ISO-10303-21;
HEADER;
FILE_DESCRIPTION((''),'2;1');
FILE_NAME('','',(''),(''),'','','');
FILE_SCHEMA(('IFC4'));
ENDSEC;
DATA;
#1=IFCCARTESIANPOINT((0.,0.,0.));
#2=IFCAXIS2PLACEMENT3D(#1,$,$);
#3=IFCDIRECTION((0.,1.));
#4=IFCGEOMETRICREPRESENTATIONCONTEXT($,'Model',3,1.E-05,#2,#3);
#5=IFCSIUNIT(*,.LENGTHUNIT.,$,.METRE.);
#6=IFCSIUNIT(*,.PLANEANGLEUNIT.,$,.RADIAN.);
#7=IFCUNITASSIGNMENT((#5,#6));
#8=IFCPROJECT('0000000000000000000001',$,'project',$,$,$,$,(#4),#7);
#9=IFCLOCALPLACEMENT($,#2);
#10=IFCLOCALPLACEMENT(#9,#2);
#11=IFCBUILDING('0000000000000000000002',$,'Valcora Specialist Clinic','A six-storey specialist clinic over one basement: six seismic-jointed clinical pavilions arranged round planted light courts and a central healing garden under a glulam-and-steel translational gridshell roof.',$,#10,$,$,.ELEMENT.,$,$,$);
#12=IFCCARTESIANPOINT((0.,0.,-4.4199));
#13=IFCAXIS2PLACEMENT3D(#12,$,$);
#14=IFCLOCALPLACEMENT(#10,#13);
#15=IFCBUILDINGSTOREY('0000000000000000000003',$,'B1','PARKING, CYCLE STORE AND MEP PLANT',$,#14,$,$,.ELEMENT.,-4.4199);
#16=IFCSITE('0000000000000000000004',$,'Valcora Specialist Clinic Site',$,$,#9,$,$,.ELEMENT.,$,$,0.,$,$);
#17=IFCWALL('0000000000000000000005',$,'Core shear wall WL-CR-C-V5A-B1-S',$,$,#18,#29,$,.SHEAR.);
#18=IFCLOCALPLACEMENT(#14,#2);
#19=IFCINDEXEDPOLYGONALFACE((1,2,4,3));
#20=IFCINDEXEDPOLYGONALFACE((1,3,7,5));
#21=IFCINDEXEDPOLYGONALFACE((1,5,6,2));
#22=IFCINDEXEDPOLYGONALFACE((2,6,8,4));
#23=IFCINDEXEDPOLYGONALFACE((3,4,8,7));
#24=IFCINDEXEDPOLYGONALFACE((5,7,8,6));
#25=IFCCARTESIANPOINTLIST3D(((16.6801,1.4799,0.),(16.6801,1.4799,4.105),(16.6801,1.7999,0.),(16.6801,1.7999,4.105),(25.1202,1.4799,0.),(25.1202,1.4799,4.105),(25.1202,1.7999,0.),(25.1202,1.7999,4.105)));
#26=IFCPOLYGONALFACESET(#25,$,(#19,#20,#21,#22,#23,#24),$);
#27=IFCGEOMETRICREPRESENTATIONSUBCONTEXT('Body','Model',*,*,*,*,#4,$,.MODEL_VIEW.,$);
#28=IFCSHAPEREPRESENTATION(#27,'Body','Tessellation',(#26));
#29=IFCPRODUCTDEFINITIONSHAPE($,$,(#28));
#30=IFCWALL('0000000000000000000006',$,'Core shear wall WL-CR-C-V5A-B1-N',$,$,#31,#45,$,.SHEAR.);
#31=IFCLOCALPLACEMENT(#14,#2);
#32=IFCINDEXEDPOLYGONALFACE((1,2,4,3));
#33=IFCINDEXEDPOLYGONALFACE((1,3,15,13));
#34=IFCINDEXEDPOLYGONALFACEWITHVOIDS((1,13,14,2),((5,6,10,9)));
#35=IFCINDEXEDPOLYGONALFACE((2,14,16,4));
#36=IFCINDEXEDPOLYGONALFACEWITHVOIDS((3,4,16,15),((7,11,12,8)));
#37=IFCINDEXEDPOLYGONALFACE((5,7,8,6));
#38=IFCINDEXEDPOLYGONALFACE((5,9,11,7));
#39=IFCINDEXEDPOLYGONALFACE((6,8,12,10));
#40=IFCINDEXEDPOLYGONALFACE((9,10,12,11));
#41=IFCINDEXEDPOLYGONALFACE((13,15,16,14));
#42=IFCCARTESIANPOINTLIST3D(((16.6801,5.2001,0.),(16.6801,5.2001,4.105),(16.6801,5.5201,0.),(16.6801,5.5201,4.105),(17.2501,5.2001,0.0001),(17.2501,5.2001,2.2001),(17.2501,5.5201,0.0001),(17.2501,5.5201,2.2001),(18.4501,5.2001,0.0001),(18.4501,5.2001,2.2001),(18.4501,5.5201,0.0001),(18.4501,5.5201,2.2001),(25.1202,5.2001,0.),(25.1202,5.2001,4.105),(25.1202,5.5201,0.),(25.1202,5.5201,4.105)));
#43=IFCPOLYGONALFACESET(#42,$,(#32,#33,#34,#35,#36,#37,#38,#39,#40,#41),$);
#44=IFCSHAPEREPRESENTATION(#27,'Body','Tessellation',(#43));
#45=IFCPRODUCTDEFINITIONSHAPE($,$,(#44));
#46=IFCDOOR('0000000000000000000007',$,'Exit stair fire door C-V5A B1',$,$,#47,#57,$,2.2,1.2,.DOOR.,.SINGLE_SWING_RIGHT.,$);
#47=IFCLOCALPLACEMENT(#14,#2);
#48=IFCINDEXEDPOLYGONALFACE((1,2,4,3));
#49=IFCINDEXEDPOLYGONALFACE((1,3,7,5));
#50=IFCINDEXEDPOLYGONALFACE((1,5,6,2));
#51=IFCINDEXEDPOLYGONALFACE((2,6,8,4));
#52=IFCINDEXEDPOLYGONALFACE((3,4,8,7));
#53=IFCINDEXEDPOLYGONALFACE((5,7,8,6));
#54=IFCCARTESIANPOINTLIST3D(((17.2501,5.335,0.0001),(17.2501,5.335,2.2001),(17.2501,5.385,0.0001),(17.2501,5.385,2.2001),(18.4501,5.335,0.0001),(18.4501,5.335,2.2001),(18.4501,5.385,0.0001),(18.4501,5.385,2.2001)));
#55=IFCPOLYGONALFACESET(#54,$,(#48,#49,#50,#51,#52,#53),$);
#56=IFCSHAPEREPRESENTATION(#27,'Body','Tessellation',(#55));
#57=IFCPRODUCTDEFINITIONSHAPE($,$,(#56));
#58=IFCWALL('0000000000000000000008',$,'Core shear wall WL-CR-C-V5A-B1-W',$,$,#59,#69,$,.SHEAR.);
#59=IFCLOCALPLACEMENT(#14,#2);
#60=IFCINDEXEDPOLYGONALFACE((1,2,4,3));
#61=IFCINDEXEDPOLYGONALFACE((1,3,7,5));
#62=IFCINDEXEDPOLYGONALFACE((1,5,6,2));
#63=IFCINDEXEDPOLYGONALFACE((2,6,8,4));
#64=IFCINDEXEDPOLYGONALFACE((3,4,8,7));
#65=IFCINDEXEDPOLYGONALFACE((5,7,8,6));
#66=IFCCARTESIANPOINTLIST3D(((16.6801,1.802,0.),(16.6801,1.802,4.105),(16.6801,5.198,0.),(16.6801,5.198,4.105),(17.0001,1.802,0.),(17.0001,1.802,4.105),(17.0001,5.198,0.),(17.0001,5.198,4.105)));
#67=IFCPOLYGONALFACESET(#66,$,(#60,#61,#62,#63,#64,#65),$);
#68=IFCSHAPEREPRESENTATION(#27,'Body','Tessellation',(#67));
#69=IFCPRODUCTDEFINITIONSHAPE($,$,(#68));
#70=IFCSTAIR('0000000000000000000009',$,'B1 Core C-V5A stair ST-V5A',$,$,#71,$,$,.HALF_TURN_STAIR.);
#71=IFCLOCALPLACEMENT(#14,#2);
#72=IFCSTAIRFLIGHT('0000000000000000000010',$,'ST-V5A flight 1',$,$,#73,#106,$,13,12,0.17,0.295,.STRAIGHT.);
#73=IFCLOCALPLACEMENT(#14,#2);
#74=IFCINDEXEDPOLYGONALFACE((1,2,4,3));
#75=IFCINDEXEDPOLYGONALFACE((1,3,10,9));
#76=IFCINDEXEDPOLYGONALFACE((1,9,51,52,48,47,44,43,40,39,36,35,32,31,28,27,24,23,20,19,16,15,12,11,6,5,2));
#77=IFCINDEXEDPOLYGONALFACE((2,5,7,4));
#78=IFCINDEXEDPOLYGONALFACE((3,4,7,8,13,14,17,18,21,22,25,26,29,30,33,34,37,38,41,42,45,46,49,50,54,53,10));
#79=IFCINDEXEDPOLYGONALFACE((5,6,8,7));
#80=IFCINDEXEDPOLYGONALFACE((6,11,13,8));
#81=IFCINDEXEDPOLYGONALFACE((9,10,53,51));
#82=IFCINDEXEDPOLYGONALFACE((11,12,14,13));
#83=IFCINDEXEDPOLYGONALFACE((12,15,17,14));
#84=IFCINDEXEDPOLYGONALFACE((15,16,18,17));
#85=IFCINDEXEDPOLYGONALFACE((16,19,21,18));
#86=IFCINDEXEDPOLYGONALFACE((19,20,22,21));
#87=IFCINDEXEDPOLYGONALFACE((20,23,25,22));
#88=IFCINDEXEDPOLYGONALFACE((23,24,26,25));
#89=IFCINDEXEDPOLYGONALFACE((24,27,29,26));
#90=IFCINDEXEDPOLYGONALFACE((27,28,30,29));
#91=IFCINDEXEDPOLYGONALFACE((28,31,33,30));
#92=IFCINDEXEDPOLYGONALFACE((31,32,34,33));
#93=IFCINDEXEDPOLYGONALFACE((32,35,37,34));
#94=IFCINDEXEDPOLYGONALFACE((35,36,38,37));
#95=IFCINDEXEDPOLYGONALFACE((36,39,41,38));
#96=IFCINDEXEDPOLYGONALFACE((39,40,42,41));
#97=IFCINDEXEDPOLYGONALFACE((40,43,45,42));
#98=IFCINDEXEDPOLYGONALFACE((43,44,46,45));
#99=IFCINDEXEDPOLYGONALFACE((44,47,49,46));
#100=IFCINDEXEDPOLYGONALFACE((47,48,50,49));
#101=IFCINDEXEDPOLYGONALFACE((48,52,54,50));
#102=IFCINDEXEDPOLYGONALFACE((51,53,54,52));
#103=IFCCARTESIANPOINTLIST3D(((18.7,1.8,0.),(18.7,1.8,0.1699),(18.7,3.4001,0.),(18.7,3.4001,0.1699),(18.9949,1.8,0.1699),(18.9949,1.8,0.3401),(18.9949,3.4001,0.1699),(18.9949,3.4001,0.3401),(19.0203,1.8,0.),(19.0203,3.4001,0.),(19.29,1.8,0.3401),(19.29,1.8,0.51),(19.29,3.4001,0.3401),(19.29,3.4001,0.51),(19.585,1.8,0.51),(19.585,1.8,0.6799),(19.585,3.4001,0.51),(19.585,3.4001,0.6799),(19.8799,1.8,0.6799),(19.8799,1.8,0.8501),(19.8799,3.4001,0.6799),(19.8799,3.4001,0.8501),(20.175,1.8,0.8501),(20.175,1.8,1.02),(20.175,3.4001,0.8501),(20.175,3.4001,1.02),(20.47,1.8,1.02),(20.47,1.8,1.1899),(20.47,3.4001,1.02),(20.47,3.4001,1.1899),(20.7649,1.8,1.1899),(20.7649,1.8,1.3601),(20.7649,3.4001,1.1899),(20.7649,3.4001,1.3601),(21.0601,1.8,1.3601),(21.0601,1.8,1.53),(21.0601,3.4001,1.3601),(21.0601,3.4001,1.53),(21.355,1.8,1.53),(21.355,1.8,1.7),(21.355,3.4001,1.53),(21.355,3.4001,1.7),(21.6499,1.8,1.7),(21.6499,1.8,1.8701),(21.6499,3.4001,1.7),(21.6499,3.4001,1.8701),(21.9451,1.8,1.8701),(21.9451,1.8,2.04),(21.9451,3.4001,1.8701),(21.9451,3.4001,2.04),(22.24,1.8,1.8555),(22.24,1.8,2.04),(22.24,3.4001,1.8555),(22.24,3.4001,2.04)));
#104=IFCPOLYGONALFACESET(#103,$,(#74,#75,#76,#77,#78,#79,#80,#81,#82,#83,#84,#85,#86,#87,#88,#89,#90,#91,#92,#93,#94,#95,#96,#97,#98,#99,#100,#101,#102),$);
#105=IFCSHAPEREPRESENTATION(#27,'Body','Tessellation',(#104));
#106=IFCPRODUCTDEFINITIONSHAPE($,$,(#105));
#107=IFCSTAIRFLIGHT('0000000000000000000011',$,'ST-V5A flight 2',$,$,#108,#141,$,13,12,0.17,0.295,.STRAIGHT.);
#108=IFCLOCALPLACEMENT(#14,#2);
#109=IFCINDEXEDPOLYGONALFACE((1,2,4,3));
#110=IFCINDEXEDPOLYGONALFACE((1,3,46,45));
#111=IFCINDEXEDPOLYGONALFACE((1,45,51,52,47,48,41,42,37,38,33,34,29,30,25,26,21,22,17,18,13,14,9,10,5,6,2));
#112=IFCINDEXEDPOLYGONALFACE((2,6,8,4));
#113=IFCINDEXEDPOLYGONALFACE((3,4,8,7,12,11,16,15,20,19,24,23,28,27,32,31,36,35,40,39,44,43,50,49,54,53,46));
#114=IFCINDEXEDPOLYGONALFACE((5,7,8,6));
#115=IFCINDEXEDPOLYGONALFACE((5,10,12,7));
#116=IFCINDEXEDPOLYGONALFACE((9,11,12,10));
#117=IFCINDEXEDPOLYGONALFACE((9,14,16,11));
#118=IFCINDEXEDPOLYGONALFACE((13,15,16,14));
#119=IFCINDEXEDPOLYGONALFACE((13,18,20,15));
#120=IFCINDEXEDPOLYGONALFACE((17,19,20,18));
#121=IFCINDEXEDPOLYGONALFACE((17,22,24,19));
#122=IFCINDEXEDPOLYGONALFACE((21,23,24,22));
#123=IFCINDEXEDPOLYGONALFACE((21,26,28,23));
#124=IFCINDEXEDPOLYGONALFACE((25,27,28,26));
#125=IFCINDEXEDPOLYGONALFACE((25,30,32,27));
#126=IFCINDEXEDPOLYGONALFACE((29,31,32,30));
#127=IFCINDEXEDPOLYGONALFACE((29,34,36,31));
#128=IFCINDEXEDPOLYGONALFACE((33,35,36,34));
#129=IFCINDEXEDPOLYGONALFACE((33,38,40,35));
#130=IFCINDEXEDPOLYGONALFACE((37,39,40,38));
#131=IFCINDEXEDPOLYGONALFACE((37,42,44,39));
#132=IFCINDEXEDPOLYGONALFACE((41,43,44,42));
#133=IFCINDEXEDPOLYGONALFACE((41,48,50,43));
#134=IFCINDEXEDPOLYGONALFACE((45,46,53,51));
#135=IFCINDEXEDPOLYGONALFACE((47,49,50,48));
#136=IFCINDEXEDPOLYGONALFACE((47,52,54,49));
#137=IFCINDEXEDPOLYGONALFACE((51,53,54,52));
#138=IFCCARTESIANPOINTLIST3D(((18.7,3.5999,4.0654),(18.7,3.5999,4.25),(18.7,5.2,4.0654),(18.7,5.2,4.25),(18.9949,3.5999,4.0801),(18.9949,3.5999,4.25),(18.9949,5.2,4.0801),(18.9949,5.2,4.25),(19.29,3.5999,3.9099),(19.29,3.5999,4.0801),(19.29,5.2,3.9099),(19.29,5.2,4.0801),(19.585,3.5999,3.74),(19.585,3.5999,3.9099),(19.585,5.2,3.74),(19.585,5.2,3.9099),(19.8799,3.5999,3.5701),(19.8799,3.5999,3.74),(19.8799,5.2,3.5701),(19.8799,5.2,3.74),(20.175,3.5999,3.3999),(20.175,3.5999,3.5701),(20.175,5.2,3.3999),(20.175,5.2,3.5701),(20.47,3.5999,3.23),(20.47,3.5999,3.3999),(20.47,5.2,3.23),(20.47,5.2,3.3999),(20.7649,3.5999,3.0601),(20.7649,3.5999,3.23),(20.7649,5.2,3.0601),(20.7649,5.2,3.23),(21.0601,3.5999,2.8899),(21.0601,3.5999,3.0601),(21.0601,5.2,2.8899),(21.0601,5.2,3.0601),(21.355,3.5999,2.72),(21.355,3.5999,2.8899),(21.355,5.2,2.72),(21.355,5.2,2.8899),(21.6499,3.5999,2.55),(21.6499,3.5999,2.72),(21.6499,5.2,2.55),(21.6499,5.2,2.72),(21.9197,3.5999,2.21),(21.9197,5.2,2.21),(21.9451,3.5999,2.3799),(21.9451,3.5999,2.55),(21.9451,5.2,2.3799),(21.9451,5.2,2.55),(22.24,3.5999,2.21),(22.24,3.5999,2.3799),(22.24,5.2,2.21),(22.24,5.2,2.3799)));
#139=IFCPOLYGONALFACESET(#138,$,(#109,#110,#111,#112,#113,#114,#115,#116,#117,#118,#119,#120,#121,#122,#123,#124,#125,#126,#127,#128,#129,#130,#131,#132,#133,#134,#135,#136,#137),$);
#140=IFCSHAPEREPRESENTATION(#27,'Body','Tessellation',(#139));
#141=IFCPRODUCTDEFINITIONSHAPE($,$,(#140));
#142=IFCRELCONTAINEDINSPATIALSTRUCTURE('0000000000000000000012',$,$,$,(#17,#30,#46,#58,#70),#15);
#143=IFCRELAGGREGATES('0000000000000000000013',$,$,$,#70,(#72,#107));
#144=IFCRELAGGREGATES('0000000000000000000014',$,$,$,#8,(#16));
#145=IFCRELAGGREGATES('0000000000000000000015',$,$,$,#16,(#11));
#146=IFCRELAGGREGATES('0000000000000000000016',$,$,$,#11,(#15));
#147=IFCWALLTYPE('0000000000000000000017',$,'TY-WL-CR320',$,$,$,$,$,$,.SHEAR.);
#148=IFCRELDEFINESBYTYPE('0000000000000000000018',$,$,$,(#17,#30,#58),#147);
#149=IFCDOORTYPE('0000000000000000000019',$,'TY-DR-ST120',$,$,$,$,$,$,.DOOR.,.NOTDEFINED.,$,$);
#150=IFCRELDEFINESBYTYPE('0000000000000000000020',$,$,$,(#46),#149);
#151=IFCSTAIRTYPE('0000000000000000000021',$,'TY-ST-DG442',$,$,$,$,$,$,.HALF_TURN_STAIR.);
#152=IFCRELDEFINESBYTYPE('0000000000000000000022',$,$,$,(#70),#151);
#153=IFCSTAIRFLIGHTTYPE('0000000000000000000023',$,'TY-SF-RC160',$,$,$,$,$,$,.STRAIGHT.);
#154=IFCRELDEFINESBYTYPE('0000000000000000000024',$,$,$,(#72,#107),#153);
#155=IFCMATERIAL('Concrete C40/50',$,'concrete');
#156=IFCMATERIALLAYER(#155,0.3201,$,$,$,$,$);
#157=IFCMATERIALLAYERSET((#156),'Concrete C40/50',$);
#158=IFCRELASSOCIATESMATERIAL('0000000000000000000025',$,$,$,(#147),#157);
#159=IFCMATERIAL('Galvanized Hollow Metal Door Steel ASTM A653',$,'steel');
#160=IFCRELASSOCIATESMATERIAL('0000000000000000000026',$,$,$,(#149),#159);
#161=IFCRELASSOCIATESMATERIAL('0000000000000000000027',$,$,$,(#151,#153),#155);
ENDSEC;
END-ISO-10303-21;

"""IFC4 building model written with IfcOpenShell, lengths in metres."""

from ifc_helpers import new_model, si_unit, direction, frame, frame_2d, origin, place, context, subcontext, project, spatial, polyline, rectangle, outline, extrude, material, layer, layer_set, type_object, element, fill, aggregate, save


model = new_model("IFC4")

# Units and contexts
model_context = context("Model", 3, precision=1e-05, world=origin(), true_north=direction((0.0, 1.0)))
body_context = subcontext(model_context, "Body", "Model", "MODEL_VIEW")
ifc_project = project(units=[si_unit("LENGTHUNIT", "METRE"), si_unit("PLANEANGLEUNIT", "RADIAN")], contexts=[model_context])

# Site, building, storey
site_placement = place(None, origin())
site = spatial("IfcSite", under=ifc_project, at=site_placement, Name="Valcora Specialist Clinic Site", CompositionType="ELEMENT", RefElevation=0.0)
building_placement = place(site_placement, origin())
building = spatial("IfcBuilding", under=site, at=building_placement, Name="Valcora Specialist Clinic", Description="A six-storey specialist clinic over one basement: six seismic-jointed clinical pavilions arranged round planted light courts and a central healing garden under a glulam-and-steel translational gridshell roof.", CompositionType="ELEMENT")
storey_placement = place(building_placement, frame((0.0, 0.0, -4.4199)))
storey = spatial("IfcBuildingStorey", under=building, at=storey_placement, Name="B1", Description="PARKING, CYCLE STORE AND MEP PLANT", CompositionType="ELEMENT", Elevation=-4.4199)

# Shared definitions
ifc_material_1 = material(Name="Concrete C40/50", Category="concrete")

# Wall
ifc_layer = layer(ifc_material_1, 0.3201)
ifc_layer_set = layer_set([ifc_layer], Name="Concrete C40/50")
wall_type = type_object("IfcWallType", Name="TY-WL-CR320", PredefinedType="SHEAR", material=ifc_layer_set)
wall_1_placement = place(storey_placement, frame((16.6799, 1.6399, 0.0), z_axis=(0.0, 0.0, 1.0), x_axis=(1.0, 0.0, 0.0)))
element("IfcWall", 1, at=wall_1_placement, inside=storey, type_object=wall_type, Name="Core shear wall WL-CR-C-V5A-B1-S", PredefinedType="SHEAR", context=body_context, shape_type="SweptSolid", body=[
    extrude(rectangle(XDim=8.4402, YDim=0.3201, at=frame_2d((4.2202, 0.0))), origin(), (0.0, 0.0, 1.0), 4.105),
])

# Wall, opening, door
wall_2_placement = place(storey_placement, frame((16.6799, 5.3601, 0.0), z_axis=(0.0, 0.0, 1.0), x_axis=(1.0, 0.0, 0.0)))
wall_2 = element("IfcWall", 2, at=wall_2_placement, inside=storey, type_object=wall_type, Name="Core shear wall WL-CR-C-V5A-B1-N", PredefinedType="SHEAR", context=body_context, shape_type="SweptSolid", body=[
    extrude(rectangle(XDim=8.4402, YDim=0.3201, at=frame_2d((4.2202, 0.0))), origin(), (0.0, 0.0, 1.0), 4.105),
])
opening_placement = place(wall_2_placement, frame((0.5701, 0.0, 0.0)))
opening = element("IfcOpeningElement", 3, at=opening_placement, cuts=wall_2, PredefinedType="OPENING", context=body_context, shape_type="SweptSolid", body=[
    extrude(rectangle(XDim=1.2, YDim=2.2, at=frame_2d((0.6001, 1.1001))), frame((0.0, 0.1699, 0.0), z_axis=(0.0, -1.0, 0.0), x_axis=(1.0, 0.0, 0.0)), (0.0, 0.0, 1.0), 0.3401),
])
ifc_material_2 = material(Name="Galvanized Hollow Metal Door Steel ASTM A653", Category="steel")
door_type = type_object("IfcDoorType", Name="TY-DR-ST120", OperationType="NOTDEFINED", PredefinedType="DOOR", material=ifc_material_2)
door_placement = place(opening_placement, origin())
door = element("IfcDoor", 4, at=door_placement, inside=storey, type_object=door_type, Name="Exit stair fire door C-V5A B1", OperationType="SINGLE_SWING_RIGHT", OverallHeight=2.2, OverallWidth=1.2, PredefinedType="DOOR", context=body_context, shape_type="SweptSolid", body=[
    extrude(rectangle(XDim=1.2, YDim=2.2, at=frame_2d((0.6001, 1.1001))), frame((0.0, 0.0249, 0.0), z_axis=(0.0, -1.0, 0.0), x_axis=(1.0, 0.0, 0.0)), (0.0, 0.0, 1.0), 0.05),
])
fill(opening, door)

# Wall
wall_3_placement = place(storey_placement, frame((16.8401, 1.802, 0.0), z_axis=(0.0, 0.0, 1.0), x_axis=(0.0, 1.0, 0.0)))
element("IfcWall", 5, at=wall_3_placement, inside=storey, type_object=wall_type, Name="Core shear wall WL-CR-C-V5A-B1-W", PredefinedType="SHEAR", context=body_context, shape_type="SweptSolid", body=[
    extrude(rectangle(XDim=3.396, YDim=0.3201, at=frame_2d((1.698, 0.0))), origin(), (0.0, 0.0, 1.0), 4.105),
])

# Stair, stair flights
stair_type = type_object("IfcStairType", Name="TY-ST-DG442", PredefinedType="HALF_TURN_STAIR", material=ifc_material_1)
stair_placement = place(storey_placement, origin())
stair = element("IfcStair", 6, at=stair_placement, inside=storey, type_object=stair_type, Name="B1 Core C-V5A stair ST-V5A", PredefinedType="HALF_TURN_STAIR")
stair_flight_type = type_object("IfcStairFlightType", Name="TY-SF-RC160", PredefinedType="STRAIGHT", material=ifc_material_1)
stair_flight_1_placement = place(storey_placement, frame((18.7, 2.6001, 0.0), z_axis=(0.0, 0.0, 1.0), x_axis=(1.0, 0.0, 0.0)))
stair_flight_1 = element("IfcStairFlight", 7, at=stair_flight_1_placement, type_object=stair_flight_type, Name="ST-V5A flight 1", NumberOfRisers=13, NumberOfTreads=12, PredefinedType="STRAIGHT", RiserHeight=0.17, TreadLength=0.295, context=body_context, shape_type="SweptSolid", body=[
    extrude(outline(polyline([(0.0, 0.0), (0.0, 0.1699), (0.2949, 0.1699), (0.2949, 0.3401), (0.5901, 0.3401), (0.5901, 0.51), (0.885, 0.51), (0.885, 0.6799), (1.1799, 0.6799), (1.1799, 0.8501), (1.4751, 0.8501), (1.4751, 1.02), (1.77, 1.02), (1.77, 1.1899), (2.0649, 1.1899), (2.0649, 1.3601), (2.3601, 1.3601), (2.3601, 1.53), (2.655, 1.53), (2.655, 1.7), (2.95, 1.7), (2.95, 1.8701), (3.2451, 1.8701), (3.2451, 2.04), (3.54, 2.04), (3.54, 2.21), (3.54, 1.8555), (0.3203, 0.0), (0.0, 0.0)])), frame((0.0, 0.8, 0.0), z_axis=(0.0, -1.0, 0.0), x_axis=(1.0, 0.0, 0.0)), (0.0, 0.0, 1.0), 1.6001),
])
stair_flight_2_placement = place(storey_placement, frame((22.24, 4.3999, 2.21), z_axis=(0.0, 0.0, 1.0), x_axis=(-1.0, 0.0, 0.0)))
stair_flight_2 = element("IfcStairFlight", 8, at=stair_flight_2_placement, type_object=stair_flight_type, Name="ST-V5A flight 2", NumberOfRisers=13, NumberOfTreads=12, PredefinedType="STRAIGHT", RiserHeight=0.17, TreadLength=0.295, context=body_context, shape_type="SweptSolid", body=[
    extrude(outline(polyline([(0.0, 0.0), (0.0, 0.1699), (0.2949, 0.1699), (0.2949, 0.3401), (0.5901, 0.3401), (0.5901, 0.51), (0.885, 0.51), (0.885, 0.6799), (1.1799, 0.6799), (1.1799, 0.8501), (1.4751, 0.8501), (1.4751, 1.02), (1.77, 1.02), (1.77, 1.1899), (2.0649, 1.1899), (2.0649, 1.3601), (2.3601, 1.3601), (2.3601, 1.53), (2.655, 1.53), (2.655, 1.7), (2.95, 1.7), (2.95, 1.8701), (3.2451, 1.8701), (3.2451, 2.04), (3.54, 2.04), (3.54, 2.21), (3.54, 1.8555), (0.3203, 0.0), (0.0, 0.0)])), frame((0.0, 0.8, 0.0), z_axis=(0.0, -1.0, 0.0), x_axis=(1.0, 0.0, 0.0)), (0.0, 0.0, 1.0), 1.6001),
])
aggregate(stair, [stair_flight_1, stair_flight_2])

save(model, "model.ifc")
